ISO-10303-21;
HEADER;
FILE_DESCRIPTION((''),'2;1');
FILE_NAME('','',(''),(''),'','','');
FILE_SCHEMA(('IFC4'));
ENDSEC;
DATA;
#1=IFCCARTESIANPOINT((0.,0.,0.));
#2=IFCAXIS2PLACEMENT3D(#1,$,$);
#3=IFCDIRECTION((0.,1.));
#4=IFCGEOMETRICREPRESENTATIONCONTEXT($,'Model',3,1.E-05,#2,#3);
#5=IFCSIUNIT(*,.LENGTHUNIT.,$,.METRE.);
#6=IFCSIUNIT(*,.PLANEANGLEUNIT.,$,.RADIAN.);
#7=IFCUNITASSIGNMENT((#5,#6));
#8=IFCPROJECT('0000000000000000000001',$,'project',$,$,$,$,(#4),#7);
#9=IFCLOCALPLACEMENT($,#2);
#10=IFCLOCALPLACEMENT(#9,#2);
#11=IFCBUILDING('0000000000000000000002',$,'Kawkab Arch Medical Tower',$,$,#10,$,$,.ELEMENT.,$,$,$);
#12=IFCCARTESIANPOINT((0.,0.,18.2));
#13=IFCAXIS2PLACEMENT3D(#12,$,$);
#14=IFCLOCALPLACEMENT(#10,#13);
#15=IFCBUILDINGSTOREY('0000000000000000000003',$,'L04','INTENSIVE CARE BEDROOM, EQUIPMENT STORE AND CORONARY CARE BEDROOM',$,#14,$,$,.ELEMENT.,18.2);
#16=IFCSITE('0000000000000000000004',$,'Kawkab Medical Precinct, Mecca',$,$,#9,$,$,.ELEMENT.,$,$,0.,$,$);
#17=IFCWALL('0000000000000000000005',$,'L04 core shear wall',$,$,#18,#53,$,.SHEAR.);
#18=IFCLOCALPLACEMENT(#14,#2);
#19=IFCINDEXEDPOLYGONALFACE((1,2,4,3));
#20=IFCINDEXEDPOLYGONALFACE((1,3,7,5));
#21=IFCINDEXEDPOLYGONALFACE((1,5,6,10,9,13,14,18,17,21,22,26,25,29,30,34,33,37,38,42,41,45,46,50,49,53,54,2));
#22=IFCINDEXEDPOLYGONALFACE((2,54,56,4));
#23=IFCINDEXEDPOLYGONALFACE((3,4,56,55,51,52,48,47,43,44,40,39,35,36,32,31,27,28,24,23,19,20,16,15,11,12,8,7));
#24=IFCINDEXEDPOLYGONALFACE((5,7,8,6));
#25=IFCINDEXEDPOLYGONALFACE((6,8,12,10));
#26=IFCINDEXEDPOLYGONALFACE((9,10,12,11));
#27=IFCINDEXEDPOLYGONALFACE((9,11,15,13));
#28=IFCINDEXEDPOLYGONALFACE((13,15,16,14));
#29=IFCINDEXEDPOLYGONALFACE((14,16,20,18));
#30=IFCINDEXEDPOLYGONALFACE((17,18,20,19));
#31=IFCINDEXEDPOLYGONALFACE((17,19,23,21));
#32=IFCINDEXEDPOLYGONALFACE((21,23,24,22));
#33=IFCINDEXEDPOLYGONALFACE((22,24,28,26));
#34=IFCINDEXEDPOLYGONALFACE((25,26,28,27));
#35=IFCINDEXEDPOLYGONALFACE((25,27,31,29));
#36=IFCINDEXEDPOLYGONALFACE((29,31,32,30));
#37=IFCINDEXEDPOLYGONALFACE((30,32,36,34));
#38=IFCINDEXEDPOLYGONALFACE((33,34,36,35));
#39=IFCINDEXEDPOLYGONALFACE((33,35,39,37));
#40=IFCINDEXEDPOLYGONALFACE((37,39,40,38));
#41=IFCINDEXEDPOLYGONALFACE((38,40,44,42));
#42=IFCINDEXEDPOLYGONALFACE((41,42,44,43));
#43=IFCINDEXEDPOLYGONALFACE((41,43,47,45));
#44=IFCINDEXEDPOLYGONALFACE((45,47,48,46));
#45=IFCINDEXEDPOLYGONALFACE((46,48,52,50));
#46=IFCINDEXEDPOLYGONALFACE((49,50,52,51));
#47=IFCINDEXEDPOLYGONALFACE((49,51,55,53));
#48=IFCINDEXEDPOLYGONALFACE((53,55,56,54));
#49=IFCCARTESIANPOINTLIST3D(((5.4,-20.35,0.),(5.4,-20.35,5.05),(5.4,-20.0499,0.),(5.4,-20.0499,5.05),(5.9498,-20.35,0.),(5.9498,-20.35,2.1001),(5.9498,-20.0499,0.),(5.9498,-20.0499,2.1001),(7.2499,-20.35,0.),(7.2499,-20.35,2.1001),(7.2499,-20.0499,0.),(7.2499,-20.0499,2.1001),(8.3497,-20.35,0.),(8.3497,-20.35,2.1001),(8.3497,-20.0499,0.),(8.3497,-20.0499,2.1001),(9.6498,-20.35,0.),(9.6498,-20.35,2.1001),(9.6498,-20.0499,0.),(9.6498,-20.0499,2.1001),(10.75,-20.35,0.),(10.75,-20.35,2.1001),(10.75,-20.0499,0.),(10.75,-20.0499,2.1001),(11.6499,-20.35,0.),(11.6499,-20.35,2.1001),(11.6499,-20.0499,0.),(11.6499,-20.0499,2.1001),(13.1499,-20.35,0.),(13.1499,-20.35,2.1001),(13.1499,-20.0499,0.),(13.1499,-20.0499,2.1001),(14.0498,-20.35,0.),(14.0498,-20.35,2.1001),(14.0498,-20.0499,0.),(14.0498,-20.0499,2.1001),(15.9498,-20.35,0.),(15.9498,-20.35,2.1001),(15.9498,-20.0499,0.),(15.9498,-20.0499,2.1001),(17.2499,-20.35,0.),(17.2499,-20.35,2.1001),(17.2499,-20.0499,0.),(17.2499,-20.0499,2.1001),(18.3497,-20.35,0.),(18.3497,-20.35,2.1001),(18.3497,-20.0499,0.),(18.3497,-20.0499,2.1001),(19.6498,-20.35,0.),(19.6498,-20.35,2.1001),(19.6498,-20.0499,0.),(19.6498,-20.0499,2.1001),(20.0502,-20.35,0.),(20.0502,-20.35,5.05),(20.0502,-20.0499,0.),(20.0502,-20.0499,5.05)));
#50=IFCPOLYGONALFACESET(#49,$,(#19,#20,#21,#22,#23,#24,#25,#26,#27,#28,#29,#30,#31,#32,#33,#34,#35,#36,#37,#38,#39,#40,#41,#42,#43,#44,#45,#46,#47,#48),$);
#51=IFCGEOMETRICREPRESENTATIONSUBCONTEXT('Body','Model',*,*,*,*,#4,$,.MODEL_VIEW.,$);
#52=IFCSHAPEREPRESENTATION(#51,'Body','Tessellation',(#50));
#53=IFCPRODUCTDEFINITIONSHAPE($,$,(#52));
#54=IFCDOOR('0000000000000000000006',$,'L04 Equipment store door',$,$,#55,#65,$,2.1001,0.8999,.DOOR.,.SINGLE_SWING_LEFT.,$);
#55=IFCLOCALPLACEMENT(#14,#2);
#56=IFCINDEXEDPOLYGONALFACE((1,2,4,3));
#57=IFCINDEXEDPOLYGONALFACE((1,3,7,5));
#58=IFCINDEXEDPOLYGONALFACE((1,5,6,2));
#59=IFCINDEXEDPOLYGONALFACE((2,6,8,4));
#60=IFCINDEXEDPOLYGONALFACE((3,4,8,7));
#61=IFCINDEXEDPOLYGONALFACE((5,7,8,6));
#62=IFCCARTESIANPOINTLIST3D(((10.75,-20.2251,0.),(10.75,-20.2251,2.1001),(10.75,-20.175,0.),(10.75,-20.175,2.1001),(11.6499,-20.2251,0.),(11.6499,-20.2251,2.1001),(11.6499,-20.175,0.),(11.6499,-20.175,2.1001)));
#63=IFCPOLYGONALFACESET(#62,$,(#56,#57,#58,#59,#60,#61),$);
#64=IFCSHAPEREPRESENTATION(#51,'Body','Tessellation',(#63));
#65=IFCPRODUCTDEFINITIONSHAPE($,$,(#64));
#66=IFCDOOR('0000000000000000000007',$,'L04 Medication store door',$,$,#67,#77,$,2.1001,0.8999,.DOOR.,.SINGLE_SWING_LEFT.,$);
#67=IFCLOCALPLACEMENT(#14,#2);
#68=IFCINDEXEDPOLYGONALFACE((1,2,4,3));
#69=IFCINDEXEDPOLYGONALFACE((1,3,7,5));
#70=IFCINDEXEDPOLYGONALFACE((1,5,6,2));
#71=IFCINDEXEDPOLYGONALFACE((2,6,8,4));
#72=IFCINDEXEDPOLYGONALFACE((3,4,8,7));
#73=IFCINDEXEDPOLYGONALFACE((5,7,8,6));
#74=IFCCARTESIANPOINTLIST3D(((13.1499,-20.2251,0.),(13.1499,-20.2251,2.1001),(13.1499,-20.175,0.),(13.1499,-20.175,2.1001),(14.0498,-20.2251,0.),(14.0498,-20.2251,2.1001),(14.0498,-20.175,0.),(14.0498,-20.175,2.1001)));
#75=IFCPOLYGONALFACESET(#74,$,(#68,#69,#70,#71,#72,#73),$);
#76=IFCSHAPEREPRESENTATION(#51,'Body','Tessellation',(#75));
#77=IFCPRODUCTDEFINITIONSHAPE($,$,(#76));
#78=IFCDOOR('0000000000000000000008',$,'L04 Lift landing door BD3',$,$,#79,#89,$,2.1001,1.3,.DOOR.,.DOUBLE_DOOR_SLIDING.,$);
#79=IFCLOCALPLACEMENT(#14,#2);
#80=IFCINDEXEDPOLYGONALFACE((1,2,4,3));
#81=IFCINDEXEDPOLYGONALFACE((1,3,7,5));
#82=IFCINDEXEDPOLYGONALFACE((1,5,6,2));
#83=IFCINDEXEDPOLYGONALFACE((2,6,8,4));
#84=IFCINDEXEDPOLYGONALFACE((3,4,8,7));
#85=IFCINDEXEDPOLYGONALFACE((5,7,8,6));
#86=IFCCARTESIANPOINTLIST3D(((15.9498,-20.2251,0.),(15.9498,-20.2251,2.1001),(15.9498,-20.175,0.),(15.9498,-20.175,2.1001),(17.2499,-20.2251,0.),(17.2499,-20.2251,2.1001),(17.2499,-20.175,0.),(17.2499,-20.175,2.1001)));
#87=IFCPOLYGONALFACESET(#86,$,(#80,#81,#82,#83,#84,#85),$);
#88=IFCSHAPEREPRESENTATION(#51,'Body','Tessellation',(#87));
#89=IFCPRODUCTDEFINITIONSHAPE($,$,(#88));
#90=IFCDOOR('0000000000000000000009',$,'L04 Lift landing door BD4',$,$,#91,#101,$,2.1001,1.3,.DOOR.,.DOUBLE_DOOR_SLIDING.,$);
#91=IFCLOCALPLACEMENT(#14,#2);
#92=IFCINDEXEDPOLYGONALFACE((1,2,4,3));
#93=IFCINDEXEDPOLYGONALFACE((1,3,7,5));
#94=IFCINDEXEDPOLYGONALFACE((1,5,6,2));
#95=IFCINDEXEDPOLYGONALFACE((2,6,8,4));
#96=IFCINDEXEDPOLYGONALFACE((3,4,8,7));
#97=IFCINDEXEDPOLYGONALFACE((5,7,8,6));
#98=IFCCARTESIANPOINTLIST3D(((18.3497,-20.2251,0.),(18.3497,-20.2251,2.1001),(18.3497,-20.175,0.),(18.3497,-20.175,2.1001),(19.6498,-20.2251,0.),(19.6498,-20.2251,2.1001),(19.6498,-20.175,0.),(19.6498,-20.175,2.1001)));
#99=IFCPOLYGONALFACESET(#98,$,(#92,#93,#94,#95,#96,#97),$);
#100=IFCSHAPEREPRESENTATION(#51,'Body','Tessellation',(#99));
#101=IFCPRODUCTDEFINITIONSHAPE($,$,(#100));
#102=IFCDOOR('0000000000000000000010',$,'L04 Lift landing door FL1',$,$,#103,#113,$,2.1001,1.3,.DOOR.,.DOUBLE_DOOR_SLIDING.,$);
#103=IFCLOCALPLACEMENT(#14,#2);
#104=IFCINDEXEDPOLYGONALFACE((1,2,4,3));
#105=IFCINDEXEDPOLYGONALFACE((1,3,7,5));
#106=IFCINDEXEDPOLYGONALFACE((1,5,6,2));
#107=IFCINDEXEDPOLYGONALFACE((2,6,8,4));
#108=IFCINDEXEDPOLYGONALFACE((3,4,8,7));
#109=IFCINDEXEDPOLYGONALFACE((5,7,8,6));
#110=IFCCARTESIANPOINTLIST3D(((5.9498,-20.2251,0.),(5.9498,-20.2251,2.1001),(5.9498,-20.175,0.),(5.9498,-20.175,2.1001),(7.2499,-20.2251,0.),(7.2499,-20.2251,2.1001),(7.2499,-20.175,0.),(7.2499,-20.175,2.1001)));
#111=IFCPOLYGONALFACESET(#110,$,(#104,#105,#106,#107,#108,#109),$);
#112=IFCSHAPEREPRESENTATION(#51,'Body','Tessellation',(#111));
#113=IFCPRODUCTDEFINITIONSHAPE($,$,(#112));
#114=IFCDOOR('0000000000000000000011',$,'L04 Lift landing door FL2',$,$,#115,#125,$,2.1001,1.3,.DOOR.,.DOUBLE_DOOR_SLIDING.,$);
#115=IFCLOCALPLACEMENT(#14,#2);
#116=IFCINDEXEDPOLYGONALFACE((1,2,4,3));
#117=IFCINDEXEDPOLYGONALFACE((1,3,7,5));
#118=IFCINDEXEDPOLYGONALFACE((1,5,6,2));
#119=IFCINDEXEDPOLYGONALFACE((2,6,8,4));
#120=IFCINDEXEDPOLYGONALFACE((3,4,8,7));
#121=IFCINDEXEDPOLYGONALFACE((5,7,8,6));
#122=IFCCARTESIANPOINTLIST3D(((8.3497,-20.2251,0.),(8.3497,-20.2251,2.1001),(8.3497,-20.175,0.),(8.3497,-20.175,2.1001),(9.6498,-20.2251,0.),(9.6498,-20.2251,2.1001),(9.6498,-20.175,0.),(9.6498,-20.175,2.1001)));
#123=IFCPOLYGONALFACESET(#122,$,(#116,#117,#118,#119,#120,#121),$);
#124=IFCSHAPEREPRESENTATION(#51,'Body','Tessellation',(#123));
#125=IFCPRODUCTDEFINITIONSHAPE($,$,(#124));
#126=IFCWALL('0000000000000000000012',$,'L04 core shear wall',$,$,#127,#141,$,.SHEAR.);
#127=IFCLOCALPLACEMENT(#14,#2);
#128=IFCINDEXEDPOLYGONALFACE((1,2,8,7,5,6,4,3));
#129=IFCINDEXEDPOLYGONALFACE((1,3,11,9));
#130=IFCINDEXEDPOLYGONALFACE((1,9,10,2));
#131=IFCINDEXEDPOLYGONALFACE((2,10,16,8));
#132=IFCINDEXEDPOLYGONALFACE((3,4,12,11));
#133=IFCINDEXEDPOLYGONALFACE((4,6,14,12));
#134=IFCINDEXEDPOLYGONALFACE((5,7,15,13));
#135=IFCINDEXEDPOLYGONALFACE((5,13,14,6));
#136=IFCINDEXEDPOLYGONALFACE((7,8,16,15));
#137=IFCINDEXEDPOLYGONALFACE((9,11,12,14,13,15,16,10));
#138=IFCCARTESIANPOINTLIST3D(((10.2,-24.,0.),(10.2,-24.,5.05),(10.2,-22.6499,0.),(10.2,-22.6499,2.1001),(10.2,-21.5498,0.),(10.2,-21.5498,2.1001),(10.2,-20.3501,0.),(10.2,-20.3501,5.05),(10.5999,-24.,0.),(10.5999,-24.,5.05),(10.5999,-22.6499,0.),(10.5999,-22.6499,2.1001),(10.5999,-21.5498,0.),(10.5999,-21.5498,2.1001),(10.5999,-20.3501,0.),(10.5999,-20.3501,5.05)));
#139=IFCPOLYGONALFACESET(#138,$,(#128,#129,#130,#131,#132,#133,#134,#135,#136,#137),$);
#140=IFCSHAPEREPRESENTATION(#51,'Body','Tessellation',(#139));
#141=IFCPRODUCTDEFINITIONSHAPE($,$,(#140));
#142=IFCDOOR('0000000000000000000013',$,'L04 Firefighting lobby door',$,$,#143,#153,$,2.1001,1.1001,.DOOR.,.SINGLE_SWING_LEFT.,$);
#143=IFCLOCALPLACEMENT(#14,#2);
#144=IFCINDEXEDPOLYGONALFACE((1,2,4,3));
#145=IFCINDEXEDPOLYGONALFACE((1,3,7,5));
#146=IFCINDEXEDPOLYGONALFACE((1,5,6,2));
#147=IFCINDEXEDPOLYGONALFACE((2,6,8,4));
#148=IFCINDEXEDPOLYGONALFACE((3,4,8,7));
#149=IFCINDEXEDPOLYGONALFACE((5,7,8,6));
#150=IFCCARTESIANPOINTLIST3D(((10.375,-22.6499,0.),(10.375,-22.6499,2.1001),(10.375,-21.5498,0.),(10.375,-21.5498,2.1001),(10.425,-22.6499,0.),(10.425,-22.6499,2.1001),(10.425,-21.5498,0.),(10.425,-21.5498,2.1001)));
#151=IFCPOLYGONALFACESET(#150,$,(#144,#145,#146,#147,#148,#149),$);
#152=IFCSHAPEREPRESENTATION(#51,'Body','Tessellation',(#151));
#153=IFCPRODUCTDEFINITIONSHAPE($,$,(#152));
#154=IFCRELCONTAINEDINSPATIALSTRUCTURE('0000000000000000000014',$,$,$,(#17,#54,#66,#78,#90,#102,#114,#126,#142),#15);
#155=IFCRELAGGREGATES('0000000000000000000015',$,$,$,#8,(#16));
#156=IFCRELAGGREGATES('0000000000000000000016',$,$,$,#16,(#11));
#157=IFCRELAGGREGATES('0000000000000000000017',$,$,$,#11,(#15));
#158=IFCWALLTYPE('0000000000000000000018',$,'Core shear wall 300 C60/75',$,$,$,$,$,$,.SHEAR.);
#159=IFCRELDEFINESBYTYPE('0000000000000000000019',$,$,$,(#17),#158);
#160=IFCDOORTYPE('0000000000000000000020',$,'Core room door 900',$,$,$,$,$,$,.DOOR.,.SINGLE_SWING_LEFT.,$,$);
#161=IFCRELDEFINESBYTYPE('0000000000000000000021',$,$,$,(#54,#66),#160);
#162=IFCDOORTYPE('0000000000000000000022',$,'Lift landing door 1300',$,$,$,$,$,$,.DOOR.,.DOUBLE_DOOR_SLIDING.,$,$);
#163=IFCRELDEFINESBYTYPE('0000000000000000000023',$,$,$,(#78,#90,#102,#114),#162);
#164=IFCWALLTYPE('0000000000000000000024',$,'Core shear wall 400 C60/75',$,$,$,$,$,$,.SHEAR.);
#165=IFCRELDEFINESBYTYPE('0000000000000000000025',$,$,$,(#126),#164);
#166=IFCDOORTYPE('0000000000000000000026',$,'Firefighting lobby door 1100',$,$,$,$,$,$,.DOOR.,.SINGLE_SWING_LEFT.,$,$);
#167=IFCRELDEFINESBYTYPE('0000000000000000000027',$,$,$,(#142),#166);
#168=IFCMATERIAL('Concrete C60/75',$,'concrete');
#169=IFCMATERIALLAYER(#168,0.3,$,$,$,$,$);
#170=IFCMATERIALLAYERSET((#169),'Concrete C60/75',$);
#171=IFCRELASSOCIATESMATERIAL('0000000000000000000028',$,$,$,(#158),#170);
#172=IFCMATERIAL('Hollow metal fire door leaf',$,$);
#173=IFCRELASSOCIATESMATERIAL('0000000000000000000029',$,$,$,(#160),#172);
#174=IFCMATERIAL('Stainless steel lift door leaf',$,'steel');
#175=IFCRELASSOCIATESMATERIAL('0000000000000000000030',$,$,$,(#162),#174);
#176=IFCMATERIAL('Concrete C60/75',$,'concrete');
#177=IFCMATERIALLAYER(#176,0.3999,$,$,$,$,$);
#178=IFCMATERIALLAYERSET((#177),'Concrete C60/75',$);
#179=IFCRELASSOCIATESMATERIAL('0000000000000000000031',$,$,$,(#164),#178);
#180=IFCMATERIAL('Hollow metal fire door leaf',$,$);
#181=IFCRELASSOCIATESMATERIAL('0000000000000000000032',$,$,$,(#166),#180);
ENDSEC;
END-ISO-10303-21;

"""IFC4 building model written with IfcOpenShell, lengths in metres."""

from ifc_helpers import new_model, si_unit, direction, frame, frame_2d, origin, place, context, subcontext, project, spatial, rectangle, extrude, material, layer, layer_set, type_object, element, fill, save


model = new_model("IFC4")

# Units and contexts
model_context = context("Model", 3, precision=1e-05, world=origin(), true_north=direction((0.0, 1.0)))
body_context = subcontext(model_context, "Body", "Model", "MODEL_VIEW")
ifc_project = project(units=[si_unit("LENGTHUNIT", "METRE"), si_unit("PLANEANGLEUNIT", "RADIAN")], contexts=[model_context])

# Site, building, storey
site_placement = place(None, origin())
site = spatial("IfcSite", under=ifc_project, at=site_placement, Name="Kawkab Medical Precinct, Mecca", CompositionType="ELEMENT", RefElevation=0.0)
building_placement = place(site_placement, origin())
building = spatial("IfcBuilding", under=site, at=building_placement, Name="Kawkab Arch Medical Tower", CompositionType="ELEMENT")
storey_placement = place(building_placement, frame((0.0, 0.0, 18.2)))
storey = spatial("IfcBuildingStorey", under=building, at=storey_placement, Name="L04", Description="INTENSIVE CARE BEDROOM, EQUIPMENT STORE AND CORONARY CARE BEDROOM", CompositionType="ELEMENT", Elevation=18.2)

# Wall, openings, doors
ifc_material_1 = material(Name="Concrete C60/75", Category="concrete")
ifc_layer_1 = layer(ifc_material_1, 0.3)
ifc_layer_set_1 = layer_set([ifc_layer_1], Name="Concrete C60/75")
wall_type_1 = type_object("IfcWallType", Name="Core shear wall 300 C60/75", PredefinedType="SHEAR", material=ifc_layer_set_1)
wall_1_placement = place(storey_placement, frame((5.3999, -20.2, 0.0), z_axis=(0.0, 0.0, 1.0), x_axis=(1.0, 0.0, 0.0)))
wall_1 = element("IfcWall", 1, at=wall_1_placement, inside=storey, type_object=wall_type_1, Name="L04 core shear wall", PredefinedType="SHEAR", context=body_context, shape_type="SweptSolid", body=[
    extrude(rectangle(XDim=14.6501, YDim=0.3, at=frame_2d((7.3252, 0.0))), origin(), (0.0, 0.0, 1.0), 5.05),
])
opening_1_placement = place(wall_1_placement, frame((10.55, 0.0, 0.0)))
opening_1 = element("IfcOpeningElement", 2, at=opening_1_placement, cuts=wall_1, PredefinedType="OPENING", context=body_context, shape_type="SweptSolid", body=[
    extrude(rectangle(XDim=1.3, YDim=2.1001, at=frame_2d((0.6499, 1.05))), frame((0.0, 0.1599, 0.0), z_axis=(0.0, -1.0, 0.0), x_axis=(1.0, 0.0, 0.0)), (0.0, 0.0, 1.0), 0.3201),
])
opening_2_placement = place(wall_1_placement, frame((12.95, 0.0, 0.0)))
opening_2 = element("IfcOpeningElement", 3, at=opening_2_placement, cuts=wall_1, PredefinedType="OPENING", context=body_context, shape_type="SweptSolid", body=[
    extrude(rectangle(XDim=1.3, YDim=2.1001, at=frame_2d((0.6499, 1.05))), frame((0.0, 0.1599, 0.0), z_axis=(0.0, -1.0, 0.0), x_axis=(1.0, 0.0, 0.0)), (0.0, 0.0, 1.0), 0.3201),
])
opening_3_placement = place(wall_1_placement, frame((0.55, 0.0, 0.0)))
opening_3 = element("IfcOpeningElement", 4, at=opening_3_placement, cuts=wall_1, PredefinedType="OPENING", context=body_context, shape_type="SweptSolid", body=[
    extrude(rectangle(XDim=1.3, YDim=2.1001, at=frame_2d((0.6499, 1.05))), frame((0.0, 0.1599, 0.0), z_axis=(0.0, -1.0, 0.0), x_axis=(1.0, 0.0, 0.0)), (0.0, 0.0, 1.0), 0.3201),
])
opening_4_placement = place(wall_1_placement, frame((2.95, 0.0, 0.0)))
opening_4 = element("IfcOpeningElement", 5, at=opening_4_placement, cuts=wall_1, PredefinedType="OPENING", context=body_context, shape_type="SweptSolid", body=[
    extrude(rectangle(XDim=1.3, YDim=2.1001, at=frame_2d((0.6499, 1.05))), frame((0.0, 0.1599, 0.0), z_axis=(0.0, -1.0, 0.0), x_axis=(1.0, 0.0, 0.0)), (0.0, 0.0, 1.0), 0.3201),
])
opening_5_placement = place(wall_1_placement, frame((5.3501, 0.0, 0.0)))
opening_5 = element("IfcOpeningElement", 6, at=opening_5_placement, cuts=wall_1, PredefinedType="OPENING", context=body_context, shape_type="SweptSolid", body=[
    extrude(rectangle(XDim=0.8999, YDim=2.1001, at=frame_2d((0.45, 1.05))), frame((0.0, 0.1599, 0.0), z_axis=(0.0, -1.0, 0.0), x_axis=(1.0, 0.0, 0.0)), (0.0, 0.0, 1.0), 0.3201),
])
opening_6_placement = place(wall_1_placement, frame((7.75, 0.0, 0.0)))
opening_6 = element("IfcOpeningElement", 7, at=opening_6_placement, cuts=wall_1, PredefinedType="OPENING", context=body_context, shape_type="SweptSolid", body=[
    extrude(rectangle(XDim=0.8999, YDim=2.1001, at=frame_2d((0.45, 1.05))), frame((0.0, 0.1599, 0.0), z_axis=(0.0, -1.0, 0.0), x_axis=(1.0, 0.0, 0.0)), (0.0, 0.0, 1.0), 0.3201),
])
ifc_material_2 = material(Name="Hollow metal fire door leaf")
door_type_1 = type_object("IfcDoorType", Name="Core room door 900", OperationType="SINGLE_SWING_LEFT", PredefinedType="DOOR", material=ifc_material_2)
door_1_placement = place(opening_5_placement, origin())
door_1 = element("IfcDoor", 8, at=door_1_placement, inside=storey, type_object=door_type_1, Name="L04 Equipment store door", OperationType="SINGLE_SWING_LEFT", OverallHeight=2.1001, OverallWidth=0.8999, PredefinedType="DOOR", context=body_context, shape_type="SweptSolid", body=[
    extrude(rectangle(XDim=0.8999, YDim=2.1001, at=frame_2d((0.45, 1.05))), frame((0.0, 0.0249, 0.0), z_axis=(0.0, -1.0, 0.0), x_axis=(1.0, 0.0, 0.0)), (0.0, 0.0, 1.0), 0.05),
])
fill(opening_5, door_1)
door_2_placement = place(opening_6_placement, origin())
door_2 = element("IfcDoor", 9, at=door_2_placement, inside=storey, type_object=door_type_1, Name="L04 Medication store door", OperationType="SINGLE_SWING_LEFT", OverallHeight=2.1001, OverallWidth=0.8999, PredefinedType="DOOR", context=body_context, shape_type="SweptSolid", body=[
    extrude(rectangle(XDim=0.8999, YDim=2.1001, at=frame_2d((0.45, 1.05))), frame((0.0, 0.0249, 0.0), z_axis=(0.0, -1.0, 0.0), x_axis=(1.0, 0.0, 0.0)), (0.0, 0.0, 1.0), 0.05),
])
fill(opening_6, door_2)
ifc_material_3 = material(Name="Stainless steel lift door leaf", Category="steel")
door_type_2 = type_object("IfcDoorType", Name="Lift landing door 1300", OperationType="DOUBLE_DOOR_SLIDING", PredefinedType="DOOR", material=ifc_material_3)
door_3_placement = place(opening_1_placement, origin())
door_3 = element("IfcDoor", 10, at=door_3_placement, inside=storey, type_object=door_type_2, Name="L04 Lift landing door BD3", OperationType="DOUBLE_DOOR_SLIDING", OverallHeight=2.1001, OverallWidth=1.3, PredefinedType="DOOR", context=body_context, shape_type="SweptSolid", body=[
    extrude(rectangle(XDim=1.3, YDim=2.1001, at=frame_2d((0.6499, 1.05))), frame((0.0, 0.0249, 0.0), z_axis=(0.0, -1.0, 0.0), x_axis=(1.0, 0.0, 0.0)), (0.0, 0.0, 1.0), 0.05),
])
fill(opening_1, door_3)
door_4_placement = place(opening_2_placement, origin())
door_4 = element("IfcDoor", 11, at=door_4_placement, inside=storey, type_object=door_type_2, Name="L04 Lift landing door BD4", OperationType="DOUBLE_DOOR_SLIDING", OverallHeight=2.1001, OverallWidth=1.3, PredefinedType="DOOR", context=body_context, shape_type="SweptSolid", body=[
    extrude(rectangle(XDim=1.3, YDim=2.1001, at=frame_2d((0.6499, 1.05))), frame((0.0, 0.0249, 0.0), z_axis=(0.0, -1.0, 0.0), x_axis=(1.0, 0.0, 0.0)), (0.0, 0.0, 1.0), 0.05),
])
fill(opening_2, door_4)
door_5_placement = place(opening_3_placement, origin())
door_5 = element("IfcDoor", 12, at=door_5_placement, inside=storey, type_object=door_type_2, Name="L04 Lift landing door FL1", OperationType="DOUBLE_DOOR_SLIDING", OverallHeight=2.1001, OverallWidth=1.3, PredefinedType="DOOR", context=body_context, shape_type="SweptSolid", body=[
    extrude(rectangle(XDim=1.3, YDim=2.1001, at=frame_2d((0.6499, 1.05))), frame((0.0, 0.0249, 0.0), z_axis=(0.0, -1.0, 0.0), x_axis=(1.0, 0.0, 0.0)), (0.0, 0.0, 1.0), 0.05),
])
fill(opening_3, door_5)
door_6_placement = place(opening_4_placement, origin())
door_6 = element("IfcDoor", 13, at=door_6_placement, inside=storey, type_object=door_type_2, Name="L04 Lift landing door FL2", OperationType="DOUBLE_DOOR_SLIDING", OverallHeight=2.1001, OverallWidth=1.3, PredefinedType="DOOR", context=body_context, shape_type="SweptSolid", body=[
    extrude(rectangle(XDim=1.3, YDim=2.1001, at=frame_2d((0.6499, 1.05))), frame((0.0, 0.0249, 0.0), z_axis=(0.0, -1.0, 0.0), x_axis=(1.0, 0.0, 0.0)), (0.0, 0.0, 1.0), 0.05),
])
fill(opening_4, door_6)

# Wall, opening, door
ifc_material_4 = material(Name="Concrete C60/75", Category="concrete")
ifc_layer_2 = layer(ifc_material_4, 0.3999)
ifc_layer_set_2 = layer_set([ifc_layer_2], Name="Concrete C60/75")
wall_type_2 = type_object("IfcWallType", Name="Core shear wall 400 C60/75", PredefinedType="SHEAR", material=ifc_layer_set_2)
wall_2_placement = place(storey_placement, frame((10.3999, -24.0, 0.0), z_axis=(0.0, 0.0, 1.0), x_axis=(0.0, 1.0, 0.0)))
wall_2 = element("IfcWall", 14, at=wall_2_placement, inside=storey, type_object=wall_type_2, Name="L04 core shear wall", PredefinedType="SHEAR", context=body_context, shape_type="SweptSolid", body=[
    extrude(rectangle(XDim=3.6499, YDim=0.3999, at=frame_2d((1.825, 0.0))), origin(), (0.0, 0.0, 1.0), 5.05),
])
opening_7_placement = place(wall_2_placement, frame((1.3501, 0.0, 0.0)))
opening_7 = element("IfcOpeningElement", 15, at=opening_7_placement, cuts=wall_2, PredefinedType="OPENING", context=body_context, shape_type="SweptSolid", body=[
    extrude(rectangle(XDim=1.1001, YDim=2.1001, at=frame_2d((0.55, 1.05))), frame((0.0, 0.21, 0.0), z_axis=(0.0, -1.0, 0.0), x_axis=(1.0, 0.0, 0.0)), (0.0, 0.0, 1.0), 0.4199),
])
ifc_material_5 = material(Name="Hollow metal fire door leaf")
door_type_3 = type_object("IfcDoorType", Name="Firefighting lobby door 1100", OperationType="SINGLE_SWING_LEFT", PredefinedType="DOOR", material=ifc_material_5)
door_7_placement = place(opening_7_placement, origin())
door_7 = element("IfcDoor", 16, at=door_7_placement, inside=storey, type_object=door_type_3, Name="L04 Firefighting lobby door", OperationType="SINGLE_SWING_LEFT", OverallHeight=2.1001, OverallWidth=1.1001, PredefinedType="DOOR", context=body_context, shape_type="SweptSolid", body=[
    extrude(rectangle(XDim=1.1001, YDim=2.1001, at=frame_2d((0.55, 1.05))), frame((0.0, 0.0249, 0.0), z_axis=(0.0, -1.0, 0.0), x_axis=(1.0, 0.0, 0.0)), (0.0, 0.0, 1.0), 0.05),
])
fill(opening_7, door_7)

save(model, "model.ifc")
